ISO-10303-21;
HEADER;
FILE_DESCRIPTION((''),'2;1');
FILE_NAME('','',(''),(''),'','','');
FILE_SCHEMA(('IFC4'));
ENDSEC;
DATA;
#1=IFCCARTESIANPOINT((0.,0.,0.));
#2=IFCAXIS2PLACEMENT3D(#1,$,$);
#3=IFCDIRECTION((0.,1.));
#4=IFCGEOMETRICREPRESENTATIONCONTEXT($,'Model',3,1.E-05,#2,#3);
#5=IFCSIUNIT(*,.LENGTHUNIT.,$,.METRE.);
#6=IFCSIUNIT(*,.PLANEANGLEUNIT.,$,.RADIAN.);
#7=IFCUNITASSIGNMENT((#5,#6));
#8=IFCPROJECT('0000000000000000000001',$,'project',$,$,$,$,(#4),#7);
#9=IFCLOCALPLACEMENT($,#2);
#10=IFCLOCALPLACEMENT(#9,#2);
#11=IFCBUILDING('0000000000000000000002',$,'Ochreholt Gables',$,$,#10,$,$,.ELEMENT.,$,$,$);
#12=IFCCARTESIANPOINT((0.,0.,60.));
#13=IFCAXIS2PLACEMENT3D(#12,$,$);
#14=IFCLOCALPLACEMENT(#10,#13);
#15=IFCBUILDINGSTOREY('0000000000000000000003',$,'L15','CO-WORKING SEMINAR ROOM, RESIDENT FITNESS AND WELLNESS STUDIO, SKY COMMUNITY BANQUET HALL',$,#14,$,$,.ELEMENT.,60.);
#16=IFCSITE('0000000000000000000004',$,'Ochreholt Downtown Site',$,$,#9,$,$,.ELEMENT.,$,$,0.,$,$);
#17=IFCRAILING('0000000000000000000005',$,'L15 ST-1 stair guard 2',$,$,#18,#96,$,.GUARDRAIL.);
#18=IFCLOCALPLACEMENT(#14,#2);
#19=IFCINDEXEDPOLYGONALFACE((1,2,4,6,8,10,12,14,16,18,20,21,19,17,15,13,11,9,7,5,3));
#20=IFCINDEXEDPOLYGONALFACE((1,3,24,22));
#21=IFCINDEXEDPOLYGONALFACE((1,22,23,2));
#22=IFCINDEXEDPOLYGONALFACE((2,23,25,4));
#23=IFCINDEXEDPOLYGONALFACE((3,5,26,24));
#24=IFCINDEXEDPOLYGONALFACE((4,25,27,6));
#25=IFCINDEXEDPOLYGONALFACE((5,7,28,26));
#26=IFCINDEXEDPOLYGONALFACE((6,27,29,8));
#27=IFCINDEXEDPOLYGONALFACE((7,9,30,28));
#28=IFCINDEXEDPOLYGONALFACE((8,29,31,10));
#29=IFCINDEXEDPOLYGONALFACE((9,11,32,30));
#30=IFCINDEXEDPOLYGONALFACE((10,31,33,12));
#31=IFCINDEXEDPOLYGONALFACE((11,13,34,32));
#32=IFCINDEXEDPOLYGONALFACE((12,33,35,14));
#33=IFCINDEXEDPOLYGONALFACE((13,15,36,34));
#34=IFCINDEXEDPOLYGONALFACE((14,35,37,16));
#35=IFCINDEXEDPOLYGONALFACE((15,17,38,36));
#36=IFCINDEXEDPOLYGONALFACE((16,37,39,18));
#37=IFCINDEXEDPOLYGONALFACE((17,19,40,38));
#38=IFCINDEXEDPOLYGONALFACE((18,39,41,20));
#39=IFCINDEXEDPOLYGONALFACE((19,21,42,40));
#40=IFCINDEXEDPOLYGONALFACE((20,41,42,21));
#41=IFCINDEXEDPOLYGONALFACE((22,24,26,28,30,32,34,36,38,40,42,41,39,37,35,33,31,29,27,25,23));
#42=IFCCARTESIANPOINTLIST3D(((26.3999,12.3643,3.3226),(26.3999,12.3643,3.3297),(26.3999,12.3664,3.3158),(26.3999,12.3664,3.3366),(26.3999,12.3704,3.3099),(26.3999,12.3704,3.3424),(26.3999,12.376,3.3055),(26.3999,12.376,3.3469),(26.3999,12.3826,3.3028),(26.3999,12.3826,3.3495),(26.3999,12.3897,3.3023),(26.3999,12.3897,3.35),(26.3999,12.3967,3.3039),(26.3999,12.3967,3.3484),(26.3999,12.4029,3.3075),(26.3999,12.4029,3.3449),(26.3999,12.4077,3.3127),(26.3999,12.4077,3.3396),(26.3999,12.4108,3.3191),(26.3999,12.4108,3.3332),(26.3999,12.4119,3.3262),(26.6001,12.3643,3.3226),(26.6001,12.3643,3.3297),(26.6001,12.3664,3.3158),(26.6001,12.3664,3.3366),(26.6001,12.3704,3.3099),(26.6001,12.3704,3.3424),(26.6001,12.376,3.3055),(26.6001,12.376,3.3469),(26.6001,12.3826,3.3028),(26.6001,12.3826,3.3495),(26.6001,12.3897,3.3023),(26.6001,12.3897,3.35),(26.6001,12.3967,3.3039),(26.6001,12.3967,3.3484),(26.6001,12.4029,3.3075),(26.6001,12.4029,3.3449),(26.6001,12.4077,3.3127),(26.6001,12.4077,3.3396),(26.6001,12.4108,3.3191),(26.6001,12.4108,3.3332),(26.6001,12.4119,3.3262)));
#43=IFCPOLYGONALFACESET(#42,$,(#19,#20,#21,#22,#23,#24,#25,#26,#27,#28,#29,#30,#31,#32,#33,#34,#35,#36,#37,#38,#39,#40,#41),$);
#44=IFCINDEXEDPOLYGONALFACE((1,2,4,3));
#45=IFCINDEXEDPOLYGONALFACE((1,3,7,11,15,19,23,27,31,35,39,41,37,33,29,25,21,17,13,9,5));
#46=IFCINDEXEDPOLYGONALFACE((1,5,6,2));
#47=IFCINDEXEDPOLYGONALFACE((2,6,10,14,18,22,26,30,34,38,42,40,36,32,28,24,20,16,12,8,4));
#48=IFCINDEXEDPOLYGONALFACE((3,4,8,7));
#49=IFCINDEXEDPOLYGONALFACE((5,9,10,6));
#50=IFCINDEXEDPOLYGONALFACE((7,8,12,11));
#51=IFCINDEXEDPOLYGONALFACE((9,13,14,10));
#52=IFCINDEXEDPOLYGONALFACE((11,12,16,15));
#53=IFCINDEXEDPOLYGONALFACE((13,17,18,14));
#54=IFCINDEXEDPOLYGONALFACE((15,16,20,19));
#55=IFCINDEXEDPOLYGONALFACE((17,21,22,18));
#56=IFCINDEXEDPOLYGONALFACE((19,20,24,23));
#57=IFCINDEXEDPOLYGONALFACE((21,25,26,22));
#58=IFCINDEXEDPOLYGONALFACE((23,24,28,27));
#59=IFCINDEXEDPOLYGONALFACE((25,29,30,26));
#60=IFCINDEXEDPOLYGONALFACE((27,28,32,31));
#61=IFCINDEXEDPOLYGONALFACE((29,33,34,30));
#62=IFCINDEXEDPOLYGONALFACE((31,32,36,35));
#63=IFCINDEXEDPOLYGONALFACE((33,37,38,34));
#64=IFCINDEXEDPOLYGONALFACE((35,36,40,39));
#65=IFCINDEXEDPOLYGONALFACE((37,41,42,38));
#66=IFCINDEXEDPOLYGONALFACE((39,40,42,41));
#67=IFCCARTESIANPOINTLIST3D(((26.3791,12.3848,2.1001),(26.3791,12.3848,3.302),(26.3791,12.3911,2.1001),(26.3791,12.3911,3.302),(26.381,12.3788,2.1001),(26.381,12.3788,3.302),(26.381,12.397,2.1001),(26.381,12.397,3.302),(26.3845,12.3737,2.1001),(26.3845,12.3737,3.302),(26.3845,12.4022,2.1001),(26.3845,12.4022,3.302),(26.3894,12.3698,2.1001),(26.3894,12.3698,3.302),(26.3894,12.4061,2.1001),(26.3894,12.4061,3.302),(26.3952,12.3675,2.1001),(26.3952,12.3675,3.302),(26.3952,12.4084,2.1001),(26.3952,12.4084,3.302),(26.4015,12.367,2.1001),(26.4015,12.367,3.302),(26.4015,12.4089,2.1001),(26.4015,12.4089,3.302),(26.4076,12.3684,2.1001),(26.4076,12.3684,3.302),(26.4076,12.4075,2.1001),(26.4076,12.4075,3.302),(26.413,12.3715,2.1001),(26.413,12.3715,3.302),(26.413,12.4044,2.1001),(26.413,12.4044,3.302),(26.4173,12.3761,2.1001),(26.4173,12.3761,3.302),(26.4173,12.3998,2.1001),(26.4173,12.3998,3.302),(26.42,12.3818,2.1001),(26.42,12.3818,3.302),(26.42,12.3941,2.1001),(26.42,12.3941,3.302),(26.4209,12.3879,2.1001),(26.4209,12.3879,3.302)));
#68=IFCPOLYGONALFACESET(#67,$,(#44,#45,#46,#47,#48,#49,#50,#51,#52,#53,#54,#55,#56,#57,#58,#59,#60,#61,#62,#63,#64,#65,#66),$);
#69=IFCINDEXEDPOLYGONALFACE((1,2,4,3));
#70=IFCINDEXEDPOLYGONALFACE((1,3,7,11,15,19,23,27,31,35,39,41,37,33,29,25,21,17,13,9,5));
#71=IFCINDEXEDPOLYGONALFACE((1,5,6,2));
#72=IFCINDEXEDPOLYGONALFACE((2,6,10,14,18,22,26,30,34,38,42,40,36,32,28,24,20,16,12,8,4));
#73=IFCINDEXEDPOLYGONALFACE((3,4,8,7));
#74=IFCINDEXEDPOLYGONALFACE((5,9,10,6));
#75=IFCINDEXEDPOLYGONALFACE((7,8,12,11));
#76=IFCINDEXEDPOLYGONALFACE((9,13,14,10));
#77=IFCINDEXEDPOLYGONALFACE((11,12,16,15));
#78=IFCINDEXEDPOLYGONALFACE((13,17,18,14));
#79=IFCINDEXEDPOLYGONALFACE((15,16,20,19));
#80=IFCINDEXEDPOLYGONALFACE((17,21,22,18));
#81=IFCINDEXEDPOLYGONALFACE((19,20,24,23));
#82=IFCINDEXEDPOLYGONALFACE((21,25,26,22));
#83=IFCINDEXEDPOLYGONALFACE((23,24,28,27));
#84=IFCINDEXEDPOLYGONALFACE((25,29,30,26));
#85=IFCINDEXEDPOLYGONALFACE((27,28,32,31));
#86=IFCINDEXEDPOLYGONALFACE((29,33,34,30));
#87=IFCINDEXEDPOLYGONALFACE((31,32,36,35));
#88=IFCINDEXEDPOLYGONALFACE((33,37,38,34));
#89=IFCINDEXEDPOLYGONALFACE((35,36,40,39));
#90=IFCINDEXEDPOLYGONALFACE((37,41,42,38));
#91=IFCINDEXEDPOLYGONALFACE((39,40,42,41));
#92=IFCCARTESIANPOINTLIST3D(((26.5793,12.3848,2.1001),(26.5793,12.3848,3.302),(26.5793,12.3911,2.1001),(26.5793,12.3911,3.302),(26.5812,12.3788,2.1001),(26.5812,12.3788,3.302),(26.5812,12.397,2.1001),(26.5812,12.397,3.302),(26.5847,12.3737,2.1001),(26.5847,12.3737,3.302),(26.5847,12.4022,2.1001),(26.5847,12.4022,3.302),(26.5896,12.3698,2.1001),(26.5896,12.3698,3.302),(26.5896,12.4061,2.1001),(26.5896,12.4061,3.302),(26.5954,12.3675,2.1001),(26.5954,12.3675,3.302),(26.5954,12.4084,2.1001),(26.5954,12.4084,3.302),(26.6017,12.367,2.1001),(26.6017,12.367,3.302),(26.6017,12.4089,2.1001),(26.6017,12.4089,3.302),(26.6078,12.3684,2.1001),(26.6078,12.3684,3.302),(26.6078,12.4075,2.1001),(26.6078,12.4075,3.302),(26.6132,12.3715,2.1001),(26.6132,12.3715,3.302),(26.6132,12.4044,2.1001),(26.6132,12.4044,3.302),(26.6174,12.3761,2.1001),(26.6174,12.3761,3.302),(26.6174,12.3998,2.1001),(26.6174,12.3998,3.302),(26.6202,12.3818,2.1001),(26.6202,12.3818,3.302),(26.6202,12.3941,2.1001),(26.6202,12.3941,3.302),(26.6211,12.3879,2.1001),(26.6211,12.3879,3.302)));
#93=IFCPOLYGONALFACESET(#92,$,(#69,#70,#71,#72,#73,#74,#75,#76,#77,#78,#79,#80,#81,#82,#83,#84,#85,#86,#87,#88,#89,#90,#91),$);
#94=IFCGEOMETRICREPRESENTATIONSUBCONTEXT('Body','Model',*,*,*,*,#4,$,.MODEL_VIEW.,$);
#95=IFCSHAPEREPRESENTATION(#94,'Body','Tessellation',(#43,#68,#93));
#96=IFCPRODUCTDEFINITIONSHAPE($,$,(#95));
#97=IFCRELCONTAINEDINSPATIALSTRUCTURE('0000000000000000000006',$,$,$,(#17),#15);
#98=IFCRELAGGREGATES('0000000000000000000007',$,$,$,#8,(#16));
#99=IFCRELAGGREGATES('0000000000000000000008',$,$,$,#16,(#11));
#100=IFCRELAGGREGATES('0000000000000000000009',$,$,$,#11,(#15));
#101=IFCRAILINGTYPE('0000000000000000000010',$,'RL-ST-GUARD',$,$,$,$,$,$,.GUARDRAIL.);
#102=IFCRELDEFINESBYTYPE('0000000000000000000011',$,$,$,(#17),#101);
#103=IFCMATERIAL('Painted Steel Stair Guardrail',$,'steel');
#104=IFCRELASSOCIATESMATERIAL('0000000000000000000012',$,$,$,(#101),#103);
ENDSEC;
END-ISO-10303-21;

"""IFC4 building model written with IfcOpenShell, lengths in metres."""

from ifc_helpers import new_model, si_unit, direction, frame, origin, origin_2d, place, context, subcontext, project, spatial, circle, extrude, material, type_object, element, save


model = new_model("IFC4")

# Units and contexts
model_context = context("Model", 3, precision=1e-05, world=origin(), true_north=direction((0.0, 1.0)))
body_context = subcontext(model_context, "Body", "Model", "MODEL_VIEW")
ifc_project = project(units=[si_unit("LENGTHUNIT", "METRE"), si_unit("PLANEANGLEUNIT", "RADIAN")], contexts=[model_context])

# Site, building, storey
site_placement = place(None, origin())
site = spatial("IfcSite", under=ifc_project, at=site_placement, Name="Ochreholt Downtown Site", CompositionType="ELEMENT", RefElevation=0.0)
building_placement = place(site_placement, origin())
building = spatial("IfcBuilding", under=site, at=building_placement, Name="Ochreholt Gables", CompositionType="ELEMENT")
storey_placement = place(building_placement, frame((0.0, 0.0, 60.0)))
storey = spatial("IfcBuildingStorey", under=building, at=storey_placement, Name="L15", Description="CO-WORKING SEMINAR ROOM, RESIDENT FITNESS AND WELLNESS STUDIO, SKY COMMUNITY BANQUET HALL", CompositionType="ELEMENT", Elevation=60.0)

# Railing
ifc_material_1 = material(Name="Painted Steel Stair Guardrail", Category="steel")
railing_type_1 = type_object("IfcRailingType", Name="RL-ST-GUARD", PredefinedType="GUARDRAIL", material=ifc_material_1)
railing_1_placement = place(storey_placement, frame((26.3999, 12.3879, 2.1001)))
element("IfcRailing", 1, at=railing_1_placement, inside=storey, type_object=railing_type_1, Name="L15 ST-1 stair guard 2", PredefinedType="GUARDRAIL", context=body_context, shape_type="SweptSolid", body=[
    extrude(circle(Radius=0.0239, at=origin_2d()), frame((0.0, 0.0, 1.2261), z_axis=(1.0, 0.0, 0.0), x_axis=(0.0, 1.0, 0.0)), (0.0, 0.0, 1.0), 0.2002),
    extrude(circle(Radius=0.021, at=origin_2d()), origin(), (0.0, 0.0, 1.0), 1.2019),
    extrude(circle(Radius=0.021, at=origin_2d()), frame((0.2002, 0.0, 0.0)), (0.0, 0.0, 1.0), 1.2019),
])

save(model, "model.ifc")
